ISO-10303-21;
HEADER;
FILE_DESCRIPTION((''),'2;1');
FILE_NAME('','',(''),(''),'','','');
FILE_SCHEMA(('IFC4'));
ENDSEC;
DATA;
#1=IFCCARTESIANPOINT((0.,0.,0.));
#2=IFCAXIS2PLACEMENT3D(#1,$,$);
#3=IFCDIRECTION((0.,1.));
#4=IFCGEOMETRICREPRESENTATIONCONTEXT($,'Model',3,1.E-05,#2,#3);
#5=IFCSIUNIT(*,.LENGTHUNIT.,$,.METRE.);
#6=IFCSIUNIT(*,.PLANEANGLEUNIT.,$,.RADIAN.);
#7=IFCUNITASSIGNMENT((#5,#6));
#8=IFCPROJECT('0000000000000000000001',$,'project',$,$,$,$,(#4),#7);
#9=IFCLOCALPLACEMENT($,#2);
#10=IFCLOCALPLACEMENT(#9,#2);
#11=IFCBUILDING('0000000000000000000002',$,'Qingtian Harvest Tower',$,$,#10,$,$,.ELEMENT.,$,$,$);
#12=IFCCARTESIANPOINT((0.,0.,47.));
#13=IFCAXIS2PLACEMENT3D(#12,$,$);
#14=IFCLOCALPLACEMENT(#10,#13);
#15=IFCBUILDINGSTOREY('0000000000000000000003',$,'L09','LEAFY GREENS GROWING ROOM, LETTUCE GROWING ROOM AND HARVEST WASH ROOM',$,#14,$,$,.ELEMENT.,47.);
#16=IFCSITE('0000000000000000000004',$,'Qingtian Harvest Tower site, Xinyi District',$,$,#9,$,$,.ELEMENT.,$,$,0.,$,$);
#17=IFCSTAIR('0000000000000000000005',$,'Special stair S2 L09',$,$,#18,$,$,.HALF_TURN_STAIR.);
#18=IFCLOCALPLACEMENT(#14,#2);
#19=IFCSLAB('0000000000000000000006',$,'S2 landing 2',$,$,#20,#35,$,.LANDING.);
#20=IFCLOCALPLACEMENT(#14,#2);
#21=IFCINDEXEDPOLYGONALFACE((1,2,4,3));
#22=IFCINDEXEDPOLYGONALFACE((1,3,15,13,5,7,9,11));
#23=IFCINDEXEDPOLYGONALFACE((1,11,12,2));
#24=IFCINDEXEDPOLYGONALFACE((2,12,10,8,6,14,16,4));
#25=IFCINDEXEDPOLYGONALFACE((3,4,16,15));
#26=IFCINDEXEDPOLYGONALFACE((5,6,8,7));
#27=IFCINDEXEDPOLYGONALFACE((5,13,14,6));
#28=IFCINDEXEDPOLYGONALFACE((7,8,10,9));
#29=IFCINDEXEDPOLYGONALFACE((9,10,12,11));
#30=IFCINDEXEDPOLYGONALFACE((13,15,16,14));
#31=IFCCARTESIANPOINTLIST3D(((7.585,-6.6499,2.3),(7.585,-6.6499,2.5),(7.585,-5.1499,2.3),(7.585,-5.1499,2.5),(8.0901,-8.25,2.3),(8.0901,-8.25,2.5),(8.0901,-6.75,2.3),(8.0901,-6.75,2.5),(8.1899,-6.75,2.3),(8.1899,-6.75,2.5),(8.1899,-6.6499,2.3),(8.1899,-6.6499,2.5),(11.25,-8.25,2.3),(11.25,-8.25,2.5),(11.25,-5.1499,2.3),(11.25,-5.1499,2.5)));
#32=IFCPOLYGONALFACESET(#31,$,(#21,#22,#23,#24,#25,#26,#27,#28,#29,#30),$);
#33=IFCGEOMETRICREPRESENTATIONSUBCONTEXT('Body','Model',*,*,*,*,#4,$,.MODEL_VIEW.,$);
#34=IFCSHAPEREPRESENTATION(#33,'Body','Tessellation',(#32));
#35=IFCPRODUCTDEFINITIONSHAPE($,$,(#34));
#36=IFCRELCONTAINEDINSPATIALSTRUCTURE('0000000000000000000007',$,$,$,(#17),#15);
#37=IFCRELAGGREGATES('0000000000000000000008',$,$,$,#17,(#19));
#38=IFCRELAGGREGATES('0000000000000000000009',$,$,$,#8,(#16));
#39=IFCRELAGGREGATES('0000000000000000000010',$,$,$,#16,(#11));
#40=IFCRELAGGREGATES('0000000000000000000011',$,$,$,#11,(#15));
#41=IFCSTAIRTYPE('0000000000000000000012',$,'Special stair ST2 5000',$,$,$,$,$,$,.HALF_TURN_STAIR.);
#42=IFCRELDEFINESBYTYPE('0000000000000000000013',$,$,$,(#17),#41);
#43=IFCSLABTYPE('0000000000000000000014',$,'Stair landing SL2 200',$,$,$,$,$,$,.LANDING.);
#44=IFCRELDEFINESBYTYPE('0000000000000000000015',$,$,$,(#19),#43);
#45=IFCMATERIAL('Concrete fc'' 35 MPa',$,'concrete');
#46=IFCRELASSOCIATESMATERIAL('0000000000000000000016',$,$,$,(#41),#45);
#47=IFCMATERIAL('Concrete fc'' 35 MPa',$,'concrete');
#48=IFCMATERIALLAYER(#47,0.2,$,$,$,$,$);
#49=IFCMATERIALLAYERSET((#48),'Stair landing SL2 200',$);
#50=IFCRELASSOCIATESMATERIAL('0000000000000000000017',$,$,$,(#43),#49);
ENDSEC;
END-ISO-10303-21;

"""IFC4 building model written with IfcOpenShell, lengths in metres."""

from ifc_helpers import new_model, si_unit, direction, frame, origin, place, context, subcontext, project, spatial, polyline, outline, extrude, material, layer, layer_set, type_object, element, aggregate, save


model = new_model("IFC4")

# Units and contexts
model_context = context("Model", 3, precision=1e-05, world=origin(), true_north=direction((0.0, 1.0)))
body_context = subcontext(model_context, "Body", "Model", "MODEL_VIEW")
ifc_project = project(units=[si_unit("LENGTHUNIT", "METRE"), si_unit("PLANEANGLEUNIT", "RADIAN")], contexts=[model_context])

# Site, building, storey
site_placement = place(None, origin())
site = spatial("IfcSite", under=ifc_project, at=site_placement, Name="Qingtian Harvest Tower site, Xinyi District", CompositionType="ELEMENT", RefElevation=0.0)
building_placement = place(site_placement, origin())
building = spatial("IfcBuilding", under=site, at=building_placement, Name="Qingtian Harvest Tower", CompositionType="ELEMENT")
storey_placement = place(building_placement, frame((0.0, 0.0, 47.0)))
storey = spatial("IfcBuildingStorey", under=building, at=storey_placement, Name="L09", Description="LEAFY GREENS GROWING ROOM, LETTUCE GROWING ROOM AND HARVEST WASH ROOM", CompositionType="ELEMENT", Elevation=47.0)

# Shared definitions
ifc_material_1 = material(Name="Concrete fc' 35 MPa", Category="concrete")
stair_type = type_object("IfcStairType", Name="Special stair ST2 5000", PredefinedType="HALF_TURN_STAIR", material=ifc_material_1)
ifc_material_2 = material(Name="Concrete fc' 35 MPa", Category="concrete")
ifc_layer_1 = layer(ifc_material_2, 0.2)
ifc_layer_set_1 = layer_set([ifc_layer_1], Name="Stair landing SL2 200")
slab_type_1 = type_object("IfcSlabType", Name="Stair landing SL2 200", PredefinedType="LANDING", material=ifc_layer_set_1)

# Stair, slab
stair_1_placement = place(storey_placement, origin())
stair_1 = element("IfcStair", 1, at=stair_1_placement, inside=storey, type_object=stair_type, Name="Special stair S2 L09", PredefinedType="HALF_TURN_STAIR")
slab_1_placement = place(storey_placement, frame((0.0, 0.0, 2.3)))
slab_1 = element("IfcSlab", 2, at=slab_1_placement, type_object=slab_type_1, Name="S2 landing 2", PredefinedType="LANDING", context=body_context, shape_type="SweptSolid", body=[
    extrude(outline(polyline([(8.0901, -8.25), (8.0901, -6.75), (8.1899, -6.75), (8.1899, -6.6499), (7.585, -6.6499), (7.585, -5.1499), (11.25, -5.1499), (11.25, -8.25), (8.0901, -8.25)])), origin(), (0.0, 0.0, 1.0), 0.2),
])
aggregate(stair_1, [slab_1])

save(model, "model.ifc")
